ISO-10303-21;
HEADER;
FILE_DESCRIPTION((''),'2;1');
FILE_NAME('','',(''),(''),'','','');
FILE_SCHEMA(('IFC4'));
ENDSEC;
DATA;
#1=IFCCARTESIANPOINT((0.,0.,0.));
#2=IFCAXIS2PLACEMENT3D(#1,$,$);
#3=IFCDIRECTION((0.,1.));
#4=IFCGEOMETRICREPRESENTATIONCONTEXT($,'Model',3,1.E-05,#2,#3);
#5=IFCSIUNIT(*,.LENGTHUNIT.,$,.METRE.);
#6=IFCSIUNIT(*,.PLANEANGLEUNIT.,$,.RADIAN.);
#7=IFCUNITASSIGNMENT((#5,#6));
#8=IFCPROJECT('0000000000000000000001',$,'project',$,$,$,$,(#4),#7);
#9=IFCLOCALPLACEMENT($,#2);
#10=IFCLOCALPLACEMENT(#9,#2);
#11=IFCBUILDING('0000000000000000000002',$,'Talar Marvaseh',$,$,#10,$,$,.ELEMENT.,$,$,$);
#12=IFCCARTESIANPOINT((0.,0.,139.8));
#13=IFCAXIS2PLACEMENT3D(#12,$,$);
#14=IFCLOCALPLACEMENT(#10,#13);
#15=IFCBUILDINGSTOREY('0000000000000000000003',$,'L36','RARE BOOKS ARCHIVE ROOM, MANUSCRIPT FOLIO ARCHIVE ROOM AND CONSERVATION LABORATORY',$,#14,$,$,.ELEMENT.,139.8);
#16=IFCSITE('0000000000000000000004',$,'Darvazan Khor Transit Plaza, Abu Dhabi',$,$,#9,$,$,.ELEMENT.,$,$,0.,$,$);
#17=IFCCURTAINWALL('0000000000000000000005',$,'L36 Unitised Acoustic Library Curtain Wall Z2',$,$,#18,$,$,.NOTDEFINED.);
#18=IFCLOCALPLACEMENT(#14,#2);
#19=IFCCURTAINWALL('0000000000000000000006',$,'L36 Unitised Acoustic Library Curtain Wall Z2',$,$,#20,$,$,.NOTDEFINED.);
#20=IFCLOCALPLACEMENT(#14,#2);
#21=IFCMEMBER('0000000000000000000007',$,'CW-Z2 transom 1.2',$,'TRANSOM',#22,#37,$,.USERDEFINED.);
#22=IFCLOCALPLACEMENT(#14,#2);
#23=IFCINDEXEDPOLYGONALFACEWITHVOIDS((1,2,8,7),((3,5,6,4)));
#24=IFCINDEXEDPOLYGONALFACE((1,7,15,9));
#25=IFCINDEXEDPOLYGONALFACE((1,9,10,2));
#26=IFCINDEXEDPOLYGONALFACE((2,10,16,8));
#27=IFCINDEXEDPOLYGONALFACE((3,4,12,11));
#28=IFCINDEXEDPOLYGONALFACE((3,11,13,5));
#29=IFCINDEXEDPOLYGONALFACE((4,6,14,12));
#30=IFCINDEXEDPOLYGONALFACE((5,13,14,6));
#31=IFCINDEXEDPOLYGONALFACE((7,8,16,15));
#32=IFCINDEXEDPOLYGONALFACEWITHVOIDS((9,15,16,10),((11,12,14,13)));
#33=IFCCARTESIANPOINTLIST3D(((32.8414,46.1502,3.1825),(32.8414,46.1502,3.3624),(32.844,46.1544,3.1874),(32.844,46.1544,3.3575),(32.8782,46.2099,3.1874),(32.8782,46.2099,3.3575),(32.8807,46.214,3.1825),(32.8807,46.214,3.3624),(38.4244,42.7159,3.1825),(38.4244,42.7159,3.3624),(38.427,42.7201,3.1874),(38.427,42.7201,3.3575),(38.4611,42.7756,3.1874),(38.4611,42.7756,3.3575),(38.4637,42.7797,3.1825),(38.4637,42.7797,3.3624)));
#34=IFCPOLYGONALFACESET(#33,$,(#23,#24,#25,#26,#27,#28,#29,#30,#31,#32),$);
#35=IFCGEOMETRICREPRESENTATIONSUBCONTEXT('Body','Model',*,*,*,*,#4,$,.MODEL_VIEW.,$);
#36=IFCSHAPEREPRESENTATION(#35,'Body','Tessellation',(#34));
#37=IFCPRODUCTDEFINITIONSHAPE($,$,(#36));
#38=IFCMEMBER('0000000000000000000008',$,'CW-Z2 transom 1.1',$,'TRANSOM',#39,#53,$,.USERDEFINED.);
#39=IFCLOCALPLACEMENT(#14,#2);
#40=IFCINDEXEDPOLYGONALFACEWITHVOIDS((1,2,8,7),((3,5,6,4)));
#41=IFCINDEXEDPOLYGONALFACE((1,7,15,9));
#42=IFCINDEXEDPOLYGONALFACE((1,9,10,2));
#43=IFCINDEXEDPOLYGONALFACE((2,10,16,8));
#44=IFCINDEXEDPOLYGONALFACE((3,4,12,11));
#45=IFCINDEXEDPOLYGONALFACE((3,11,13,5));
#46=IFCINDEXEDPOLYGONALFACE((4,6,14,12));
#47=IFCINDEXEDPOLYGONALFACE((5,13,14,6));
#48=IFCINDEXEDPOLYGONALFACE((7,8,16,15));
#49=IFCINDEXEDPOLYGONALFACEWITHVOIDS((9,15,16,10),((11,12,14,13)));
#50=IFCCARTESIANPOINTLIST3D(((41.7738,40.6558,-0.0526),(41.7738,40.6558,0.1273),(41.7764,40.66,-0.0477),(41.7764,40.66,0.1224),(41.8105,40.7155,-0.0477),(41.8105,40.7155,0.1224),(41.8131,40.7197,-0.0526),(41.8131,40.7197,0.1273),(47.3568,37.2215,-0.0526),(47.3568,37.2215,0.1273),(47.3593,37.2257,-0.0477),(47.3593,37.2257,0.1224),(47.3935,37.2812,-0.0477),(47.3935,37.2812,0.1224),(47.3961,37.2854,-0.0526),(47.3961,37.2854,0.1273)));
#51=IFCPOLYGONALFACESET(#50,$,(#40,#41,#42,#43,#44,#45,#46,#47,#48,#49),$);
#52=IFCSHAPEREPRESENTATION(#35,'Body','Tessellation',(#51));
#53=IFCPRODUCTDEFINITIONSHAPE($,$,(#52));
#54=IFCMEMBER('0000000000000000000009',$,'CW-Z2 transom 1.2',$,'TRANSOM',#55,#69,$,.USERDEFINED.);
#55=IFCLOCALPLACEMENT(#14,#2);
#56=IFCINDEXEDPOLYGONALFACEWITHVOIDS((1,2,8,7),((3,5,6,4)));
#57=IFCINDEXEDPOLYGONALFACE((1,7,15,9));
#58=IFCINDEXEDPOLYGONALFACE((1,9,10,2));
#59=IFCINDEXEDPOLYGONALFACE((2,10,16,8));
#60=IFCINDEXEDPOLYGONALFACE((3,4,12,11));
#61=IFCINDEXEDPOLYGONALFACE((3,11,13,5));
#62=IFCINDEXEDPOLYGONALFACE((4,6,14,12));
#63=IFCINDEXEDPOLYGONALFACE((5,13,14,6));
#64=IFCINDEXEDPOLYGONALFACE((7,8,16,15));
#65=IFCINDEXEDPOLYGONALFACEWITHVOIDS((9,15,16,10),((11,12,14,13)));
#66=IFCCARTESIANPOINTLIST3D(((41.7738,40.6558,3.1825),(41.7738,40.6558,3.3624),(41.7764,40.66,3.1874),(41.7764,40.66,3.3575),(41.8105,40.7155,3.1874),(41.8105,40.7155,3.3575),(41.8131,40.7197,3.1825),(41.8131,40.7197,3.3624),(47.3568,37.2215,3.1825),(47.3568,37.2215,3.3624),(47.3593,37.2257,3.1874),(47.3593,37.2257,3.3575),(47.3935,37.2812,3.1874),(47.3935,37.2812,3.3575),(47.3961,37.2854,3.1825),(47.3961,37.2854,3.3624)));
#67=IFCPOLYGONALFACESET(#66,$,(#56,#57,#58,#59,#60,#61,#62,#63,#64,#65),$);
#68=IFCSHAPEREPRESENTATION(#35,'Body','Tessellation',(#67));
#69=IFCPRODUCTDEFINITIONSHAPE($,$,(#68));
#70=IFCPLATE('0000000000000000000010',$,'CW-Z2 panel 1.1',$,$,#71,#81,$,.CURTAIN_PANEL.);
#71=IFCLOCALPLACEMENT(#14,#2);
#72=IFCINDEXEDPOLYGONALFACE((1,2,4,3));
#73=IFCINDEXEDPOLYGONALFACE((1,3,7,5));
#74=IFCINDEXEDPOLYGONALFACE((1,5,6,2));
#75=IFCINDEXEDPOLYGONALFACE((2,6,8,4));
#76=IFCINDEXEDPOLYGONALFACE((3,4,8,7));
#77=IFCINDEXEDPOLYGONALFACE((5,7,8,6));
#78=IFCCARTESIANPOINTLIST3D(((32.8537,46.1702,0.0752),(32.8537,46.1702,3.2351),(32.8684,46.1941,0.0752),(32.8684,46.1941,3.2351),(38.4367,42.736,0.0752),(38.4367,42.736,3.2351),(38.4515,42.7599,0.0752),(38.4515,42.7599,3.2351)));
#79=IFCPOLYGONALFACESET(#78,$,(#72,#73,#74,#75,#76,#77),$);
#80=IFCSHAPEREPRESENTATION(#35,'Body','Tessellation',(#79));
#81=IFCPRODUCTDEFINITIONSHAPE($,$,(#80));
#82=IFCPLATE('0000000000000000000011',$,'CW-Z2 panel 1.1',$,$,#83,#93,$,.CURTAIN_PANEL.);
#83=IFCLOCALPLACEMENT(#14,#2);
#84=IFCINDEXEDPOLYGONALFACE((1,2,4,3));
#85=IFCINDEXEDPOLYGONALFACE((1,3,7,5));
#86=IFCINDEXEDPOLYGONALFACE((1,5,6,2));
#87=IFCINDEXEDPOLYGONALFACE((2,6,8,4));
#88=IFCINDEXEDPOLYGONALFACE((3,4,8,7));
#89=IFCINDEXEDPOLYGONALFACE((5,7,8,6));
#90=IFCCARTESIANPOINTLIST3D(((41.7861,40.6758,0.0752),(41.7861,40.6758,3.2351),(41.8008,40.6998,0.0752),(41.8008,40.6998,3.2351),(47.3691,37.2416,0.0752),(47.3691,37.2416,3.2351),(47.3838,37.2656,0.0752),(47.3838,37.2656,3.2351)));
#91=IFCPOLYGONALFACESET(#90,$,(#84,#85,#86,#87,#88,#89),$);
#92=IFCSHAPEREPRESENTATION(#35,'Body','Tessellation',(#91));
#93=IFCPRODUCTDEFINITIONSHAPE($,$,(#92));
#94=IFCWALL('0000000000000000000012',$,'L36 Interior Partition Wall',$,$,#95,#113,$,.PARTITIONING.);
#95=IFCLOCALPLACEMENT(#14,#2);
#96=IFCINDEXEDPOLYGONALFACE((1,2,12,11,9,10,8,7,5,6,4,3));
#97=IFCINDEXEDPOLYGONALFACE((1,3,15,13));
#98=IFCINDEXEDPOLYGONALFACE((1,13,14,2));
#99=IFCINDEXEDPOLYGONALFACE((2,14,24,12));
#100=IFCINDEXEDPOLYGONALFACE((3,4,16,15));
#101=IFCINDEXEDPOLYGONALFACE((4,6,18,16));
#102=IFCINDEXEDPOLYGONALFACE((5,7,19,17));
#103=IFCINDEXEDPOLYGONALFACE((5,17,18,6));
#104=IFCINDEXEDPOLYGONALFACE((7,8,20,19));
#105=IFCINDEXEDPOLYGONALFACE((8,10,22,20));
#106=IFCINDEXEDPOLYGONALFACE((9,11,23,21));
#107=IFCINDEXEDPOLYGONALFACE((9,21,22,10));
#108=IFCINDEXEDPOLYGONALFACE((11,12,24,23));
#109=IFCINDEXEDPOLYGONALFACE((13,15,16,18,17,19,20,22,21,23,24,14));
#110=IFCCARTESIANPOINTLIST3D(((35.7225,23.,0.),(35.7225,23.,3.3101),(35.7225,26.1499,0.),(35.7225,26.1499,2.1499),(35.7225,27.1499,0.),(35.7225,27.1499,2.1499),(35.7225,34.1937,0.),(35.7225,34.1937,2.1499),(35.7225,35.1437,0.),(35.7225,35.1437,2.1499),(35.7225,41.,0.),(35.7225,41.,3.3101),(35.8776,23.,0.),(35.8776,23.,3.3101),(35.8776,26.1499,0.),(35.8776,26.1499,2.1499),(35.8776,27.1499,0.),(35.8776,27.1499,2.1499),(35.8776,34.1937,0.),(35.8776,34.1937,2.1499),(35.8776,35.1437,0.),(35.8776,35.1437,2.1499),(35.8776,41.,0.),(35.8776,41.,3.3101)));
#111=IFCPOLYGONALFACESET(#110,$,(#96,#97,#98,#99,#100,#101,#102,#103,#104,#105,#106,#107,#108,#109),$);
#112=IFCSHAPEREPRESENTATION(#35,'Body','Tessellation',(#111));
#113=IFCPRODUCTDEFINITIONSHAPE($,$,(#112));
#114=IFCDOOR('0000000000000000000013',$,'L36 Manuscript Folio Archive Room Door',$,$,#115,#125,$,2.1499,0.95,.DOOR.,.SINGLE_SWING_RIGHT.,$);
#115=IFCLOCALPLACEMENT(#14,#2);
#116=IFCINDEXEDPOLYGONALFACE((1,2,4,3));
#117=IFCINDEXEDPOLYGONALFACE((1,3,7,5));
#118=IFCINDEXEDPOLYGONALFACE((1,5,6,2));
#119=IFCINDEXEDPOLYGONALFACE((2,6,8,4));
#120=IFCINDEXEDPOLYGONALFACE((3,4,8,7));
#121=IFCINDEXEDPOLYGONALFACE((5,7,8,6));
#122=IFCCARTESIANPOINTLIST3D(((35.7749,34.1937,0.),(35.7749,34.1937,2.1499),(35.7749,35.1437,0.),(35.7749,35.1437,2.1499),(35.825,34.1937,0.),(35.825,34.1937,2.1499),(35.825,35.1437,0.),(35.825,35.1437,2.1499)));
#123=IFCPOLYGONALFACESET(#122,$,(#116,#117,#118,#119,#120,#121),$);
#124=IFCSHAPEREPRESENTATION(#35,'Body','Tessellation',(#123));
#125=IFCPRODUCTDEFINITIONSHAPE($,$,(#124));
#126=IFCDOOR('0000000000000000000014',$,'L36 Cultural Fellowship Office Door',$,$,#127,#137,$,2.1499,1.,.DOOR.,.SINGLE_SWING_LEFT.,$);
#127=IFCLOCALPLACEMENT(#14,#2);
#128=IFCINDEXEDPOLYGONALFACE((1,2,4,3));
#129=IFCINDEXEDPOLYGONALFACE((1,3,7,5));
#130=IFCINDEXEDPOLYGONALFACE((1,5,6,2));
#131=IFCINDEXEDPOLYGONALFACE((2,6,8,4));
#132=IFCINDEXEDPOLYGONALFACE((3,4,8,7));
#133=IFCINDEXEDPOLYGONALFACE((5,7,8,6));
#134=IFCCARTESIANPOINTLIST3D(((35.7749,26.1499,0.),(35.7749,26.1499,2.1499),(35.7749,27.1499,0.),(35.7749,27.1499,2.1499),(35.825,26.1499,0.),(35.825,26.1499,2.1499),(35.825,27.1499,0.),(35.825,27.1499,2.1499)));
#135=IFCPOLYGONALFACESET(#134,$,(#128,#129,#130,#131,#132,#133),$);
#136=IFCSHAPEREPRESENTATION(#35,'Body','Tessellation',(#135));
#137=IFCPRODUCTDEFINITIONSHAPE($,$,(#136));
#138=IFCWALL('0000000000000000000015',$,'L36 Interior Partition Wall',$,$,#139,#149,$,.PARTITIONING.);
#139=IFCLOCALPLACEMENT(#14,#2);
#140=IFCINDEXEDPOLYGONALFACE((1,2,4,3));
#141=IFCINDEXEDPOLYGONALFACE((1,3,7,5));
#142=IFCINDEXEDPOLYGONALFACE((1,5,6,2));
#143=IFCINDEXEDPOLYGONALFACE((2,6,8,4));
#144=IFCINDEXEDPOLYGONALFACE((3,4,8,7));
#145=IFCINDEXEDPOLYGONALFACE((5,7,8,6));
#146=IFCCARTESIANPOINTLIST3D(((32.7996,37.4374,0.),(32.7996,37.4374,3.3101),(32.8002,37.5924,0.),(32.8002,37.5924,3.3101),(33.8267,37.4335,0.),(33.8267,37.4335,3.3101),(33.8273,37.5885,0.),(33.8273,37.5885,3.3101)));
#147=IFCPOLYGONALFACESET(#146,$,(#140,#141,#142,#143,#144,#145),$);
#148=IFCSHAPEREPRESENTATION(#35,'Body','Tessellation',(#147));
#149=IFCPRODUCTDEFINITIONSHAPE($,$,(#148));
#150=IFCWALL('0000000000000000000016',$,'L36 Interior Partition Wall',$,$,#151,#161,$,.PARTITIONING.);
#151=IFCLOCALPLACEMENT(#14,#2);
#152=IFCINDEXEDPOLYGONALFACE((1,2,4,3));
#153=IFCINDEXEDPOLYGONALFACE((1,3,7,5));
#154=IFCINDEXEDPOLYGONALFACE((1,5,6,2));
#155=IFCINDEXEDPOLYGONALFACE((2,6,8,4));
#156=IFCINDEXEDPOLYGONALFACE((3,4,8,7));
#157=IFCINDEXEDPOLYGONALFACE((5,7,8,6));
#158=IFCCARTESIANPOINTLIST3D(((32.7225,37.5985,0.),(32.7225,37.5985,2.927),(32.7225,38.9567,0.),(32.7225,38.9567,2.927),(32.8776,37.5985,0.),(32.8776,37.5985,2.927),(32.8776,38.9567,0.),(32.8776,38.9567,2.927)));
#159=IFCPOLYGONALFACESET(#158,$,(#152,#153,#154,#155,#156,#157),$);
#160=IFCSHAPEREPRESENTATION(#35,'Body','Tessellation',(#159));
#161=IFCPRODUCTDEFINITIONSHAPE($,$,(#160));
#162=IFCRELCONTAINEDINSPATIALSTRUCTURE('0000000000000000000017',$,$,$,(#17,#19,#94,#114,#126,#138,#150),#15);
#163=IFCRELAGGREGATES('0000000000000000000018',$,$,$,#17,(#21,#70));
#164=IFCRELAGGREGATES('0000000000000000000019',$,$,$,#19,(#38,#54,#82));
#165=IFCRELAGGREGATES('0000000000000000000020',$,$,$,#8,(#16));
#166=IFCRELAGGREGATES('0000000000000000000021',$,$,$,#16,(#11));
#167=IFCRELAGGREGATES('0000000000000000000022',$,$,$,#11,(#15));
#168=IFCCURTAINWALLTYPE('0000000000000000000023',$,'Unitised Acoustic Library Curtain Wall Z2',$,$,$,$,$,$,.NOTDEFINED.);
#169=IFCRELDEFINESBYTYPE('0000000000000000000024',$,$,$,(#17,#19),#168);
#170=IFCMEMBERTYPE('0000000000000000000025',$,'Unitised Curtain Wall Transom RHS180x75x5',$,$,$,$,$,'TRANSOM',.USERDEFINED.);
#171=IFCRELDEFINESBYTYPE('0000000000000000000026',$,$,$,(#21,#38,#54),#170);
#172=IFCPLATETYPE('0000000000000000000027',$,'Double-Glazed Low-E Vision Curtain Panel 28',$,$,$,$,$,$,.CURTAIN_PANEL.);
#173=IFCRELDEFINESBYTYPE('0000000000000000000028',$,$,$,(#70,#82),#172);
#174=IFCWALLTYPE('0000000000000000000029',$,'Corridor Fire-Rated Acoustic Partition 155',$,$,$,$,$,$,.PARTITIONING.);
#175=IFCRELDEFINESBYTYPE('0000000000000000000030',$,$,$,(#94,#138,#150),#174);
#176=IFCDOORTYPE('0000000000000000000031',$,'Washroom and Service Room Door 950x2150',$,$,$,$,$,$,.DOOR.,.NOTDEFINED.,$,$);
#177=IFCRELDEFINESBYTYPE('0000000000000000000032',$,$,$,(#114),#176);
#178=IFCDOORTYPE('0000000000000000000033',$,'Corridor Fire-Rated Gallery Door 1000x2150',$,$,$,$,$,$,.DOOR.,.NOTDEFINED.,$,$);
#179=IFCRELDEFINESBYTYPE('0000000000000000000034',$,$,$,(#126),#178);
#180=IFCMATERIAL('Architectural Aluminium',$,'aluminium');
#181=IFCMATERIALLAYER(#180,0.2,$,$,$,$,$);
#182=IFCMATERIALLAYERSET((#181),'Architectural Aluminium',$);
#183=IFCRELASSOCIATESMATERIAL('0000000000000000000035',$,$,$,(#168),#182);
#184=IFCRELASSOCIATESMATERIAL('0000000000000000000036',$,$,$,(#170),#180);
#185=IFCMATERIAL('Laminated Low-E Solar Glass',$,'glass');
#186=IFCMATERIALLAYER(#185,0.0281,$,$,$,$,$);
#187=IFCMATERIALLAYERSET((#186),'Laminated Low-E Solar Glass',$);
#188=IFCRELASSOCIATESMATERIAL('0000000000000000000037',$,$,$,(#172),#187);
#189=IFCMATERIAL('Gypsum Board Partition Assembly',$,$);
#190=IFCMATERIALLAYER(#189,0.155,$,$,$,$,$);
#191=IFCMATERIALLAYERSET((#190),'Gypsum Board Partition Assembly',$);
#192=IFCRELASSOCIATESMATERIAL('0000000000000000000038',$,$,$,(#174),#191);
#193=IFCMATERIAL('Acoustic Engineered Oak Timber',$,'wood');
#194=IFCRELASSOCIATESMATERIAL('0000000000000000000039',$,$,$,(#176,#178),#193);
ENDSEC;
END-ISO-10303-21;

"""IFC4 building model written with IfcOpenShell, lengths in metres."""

from ifc_helpers import new_model, si_unit, direction, frame, frame_2d, origin, origin_2d, place, context, subcontext, project, spatial, rectangle, hollow_rectangle, extrude, source, transform, mapped, material, layer, layer_set, material_profile, profile_set, type_object, type_shapes, element, fill, aggregate, save


model = new_model("IFC4")

# Units and contexts
model_context = context("Model", 3, precision=1e-05, world=origin(), true_north=direction((0.0, 1.0)))
body_context = subcontext(model_context, "Body", "Model", "MODEL_VIEW")
ifc_project = project(units=[si_unit("LENGTHUNIT", "METRE"), si_unit("PLANEANGLEUNIT", "RADIAN")], contexts=[model_context])

# Site, building, storey
site_placement = place(None, origin())
site = spatial("IfcSite", under=ifc_project, at=site_placement, Name="Darvazan Khor Transit Plaza, Abu Dhabi", CompositionType="ELEMENT", RefElevation=0.0)
building_placement = place(site_placement, origin())
building = spatial("IfcBuilding", under=site, at=building_placement, Name="Talar Marvaseh", CompositionType="ELEMENT")
storey_placement = place(building_placement, frame((0.0, 0.0, 139.8)))
storey = spatial("IfcBuildingStorey", under=building, at=storey_placement, Name="L36", Description="RARE BOOKS ARCHIVE ROOM, MANUSCRIPT FOLIO ARCHIVE ROOM AND CONSERVATION LABORATORY", CompositionType="ELEMENT", Elevation=139.8)

# Curtain wall
ifc_material_1 = material(Name="Architectural Aluminium", Category="aluminium")
ifc_layer_1 = layer(ifc_material_1, 0.2)
ifc_layer_set_1 = layer_set([ifc_layer_1], Name="Architectural Aluminium")
curtain_wall_type = type_object("IfcCurtainWallType", Name="Unitised Acoustic Library Curtain Wall Z2", PredefinedType="NOTDEFINED", material=ifc_layer_set_1)
curtain_wall_1_placement = place(storey_placement, origin())
curtain_wall_1 = element("IfcCurtainWall", 1, at=curtain_wall_1_placement, inside=storey, type_object=curtain_wall_type, Name="L36 Unitised Acoustic Library Curtain Wall Z2", PredefinedType="NOTDEFINED")

# Curtain wall
curtain_wall_2_placement = place(storey_placement, origin())
curtain_wall_2 = element("IfcCurtainWall", 2, at=curtain_wall_2_placement, inside=storey, type_object=curtain_wall_type, Name="L36 Unitised Acoustic Library Curtain Wall Z2", PredefinedType="NOTDEFINED")

# Members
ifc_material_profile_1 = material_profile(ifc_material_1, hollow_rectangle(XDim=0.075, YDim=0.1799, WallThickness=0.0049, at=origin_2d()), Name="RHS180x75x5")
ifc_profile_set_1 = profile_set([ifc_material_profile_1], Name="Architectural Aluminium")
member_type_1 = type_object("IfcMemberType", Name="Unitised Curtain Wall Transom RHS180x75x5", ElementType="TRANSOM", PredefinedType="USERDEFINED", material=ifc_profile_set_1)
shared_shape_1 = source(origin(), body_context, "Body", "SweptSolid", [
    extrude(hollow_rectangle(XDim=0.075, YDim=0.1799, WallThickness=0.0049, at=origin_2d()), origin(), (0.0, 0.0, 1.0), 6.5547),
])
type_shapes(member_type_1, [shared_shape_1])
member_1_placement = place(storey_placement, frame((32.8611, 46.1821, 3.2725), z_axis=(0.851752, -0.523946, 0.0), x_axis=(0.523946, 0.851752, 0.0)))
member_1 = element("IfcMember", 3, at=member_1_placement, type_object=member_type_1, Name="CW-Z2 transom 1.2", ObjectType="TRANSOM", PredefinedType="USERDEFINED", context=body_context, shape_type="MappedRepresentation", body=[
    mapped(shared_shape_1, transform((0.0, 0.0, 0.0), x_axis=(1.0, 0.0, 0.0), y_axis=(0.0, 1.0, 0.0), z_axis=(0.0, 0.0, 1.0), scale=1.0)),
])
member_2_placement = place(storey_placement, frame((41.7935, 40.6877, 0.0374), z_axis=(0.851752, -0.523946, 0.0), x_axis=(0.523946, 0.851752, 0.0)))
member_2 = element("IfcMember", 4, at=member_2_placement, type_object=member_type_1, Name="CW-Z2 transom 1.1", ObjectType="TRANSOM", PredefinedType="USERDEFINED", context=body_context, shape_type="MappedRepresentation", body=[
    mapped(shared_shape_1, transform((0.0, 0.0, 0.0), x_axis=(1.0, 0.0, 0.0), y_axis=(0.0, 1.0, 0.0), z_axis=(0.0, 0.0, 1.0), scale=1.0)),
])
member_3_placement = place(storey_placement, frame((41.7935, 40.6877, 3.2725), z_axis=(0.851752, -0.523946, 0.0), x_axis=(0.523946, 0.851752, 0.0)))
member_3 = element("IfcMember", 5, at=member_3_placement, type_object=member_type_1, Name="CW-Z2 transom 1.2", ObjectType="TRANSOM", PredefinedType="USERDEFINED", context=body_context, shape_type="MappedRepresentation", body=[
    mapped(shared_shape_1, transform((0.0, 0.0, 0.0), x_axis=(1.0, 0.0, 0.0), y_axis=(0.0, 1.0, 0.0), z_axis=(0.0, 0.0, 1.0), scale=1.0)),
])

# Plates
ifc_material_2 = material(Name="Laminated Low-E Solar Glass", Category="glass")
ifc_layer_2 = layer(ifc_material_2, 0.0281)
ifc_layer_set_2 = layer_set([ifc_layer_2], Name="Laminated Low-E Solar Glass")
plate_type = type_object("IfcPlateType", Name="Double-Glazed Low-E Vision Curtain Panel 28", PredefinedType="CURTAIN_PANEL", material=ifc_layer_set_2)
shared_shape_2 = source(origin(), body_context, "Body", "SweptSolid", [
    extrude(rectangle(XDim=6.5547, YDim=0.0281, at=origin_2d()), origin(), (0.0, 0.0, 1.0), 3.1599),
])
type_shapes(plate_type, [shared_shape_2])
plate_1_placement = place(storey_placement, frame((35.6526, 44.4651, 0.0752), z_axis=(0.0, 0.0, 1.0), x_axis=(0.851761, -0.523931, 0.0)))
plate_1 = element("IfcPlate", 6, at=plate_1_placement, type_object=plate_type, Name="CW-Z2 panel 1.1", PredefinedType="CURTAIN_PANEL", context=body_context, shape_type="MappedRepresentation", body=[
    mapped(shared_shape_2, transform((0.0, 0.0, 0.0), x_axis=(1.0, 0.0, 0.0), y_axis=(0.0, 1.0, 0.0), z_axis=(0.0, 0.0, 1.0), scale=1.0)),
])
aggregate(curtain_wall_1, [member_1, plate_1])
plate_2_placement = place(storey_placement, frame((44.585, 38.9707, 0.0752), z_axis=(0.0, 0.0, 1.0), x_axis=(0.851761, -0.523931, 0.0)))
plate_2 = element("IfcPlate", 7, at=plate_2_placement, type_object=plate_type, Name="CW-Z2 panel 1.1", PredefinedType="CURTAIN_PANEL", context=body_context, shape_type="MappedRepresentation", body=[
    mapped(shared_shape_2, transform((0.0, 0.0, 0.0), x_axis=(1.0, 0.0, 0.0), y_axis=(0.0, 1.0, 0.0), z_axis=(0.0, 0.0, 1.0), scale=1.0)),
])
aggregate(curtain_wall_2, [member_2, member_3, plate_2])

# Wall, openings, doors
ifc_material_3 = material(Name="Gypsum Board Partition Assembly")
ifc_layer_3 = layer(ifc_material_3, 0.155)
ifc_layer_set_3 = layer_set([ifc_layer_3], Name="Gypsum Board Partition Assembly")
wall_type_1 = type_object("IfcWallType", Name="Corridor Fire-Rated Acoustic Partition 155", PredefinedType="PARTITIONING", material=ifc_layer_set_3)
ifc_material_4 = material(Name="Acoustic Engineered Oak Timber", Category="wood")
door_type_1 = type_object("IfcDoorType", Name="Washroom and Service Room Door 950x2150", OperationType="NOTDEFINED", PredefinedType="DOOR", material=ifc_material_4)
shared_shape_3 = source(origin(), body_context, "Body", "SweptSolid", [
    extrude(rectangle(XDim=0.95, YDim=2.1499, at=frame_2d((0.4751, 1.075))), frame((0.0, 0.0249, 0.0), z_axis=(0.0, -1.0, 0.0), x_axis=(1.0, 0.0, 0.0)), (0.0, 0.0, 1.0), 0.05),
])
type_shapes(door_type_1, [shared_shape_3])
wall_1_placement = place(storey_placement, frame((35.8, 41.0, 0.0), z_axis=(0.0, 0.0, 1.0), x_axis=(0.0, -1.0, 0.0)))
wall_1 = element("IfcWall", 8, at=wall_1_placement, inside=storey, type_object=wall_type_1, Name="L36 Interior Partition Wall", PredefinedType="PARTITIONING", context=body_context, shape_type="SweptSolid", body=[
    extrude(rectangle(XDim=18.0, YDim=0.155, at=frame_2d((9.0, 0.0))), origin(), (0.0, 0.0, 1.0), 3.3101),
])
opening_1_placement = place(wall_1_placement, frame((13.8501, 0.0, 0.0)))
opening_1 = element("IfcOpeningElement", 9, at=opening_1_placement, cuts=wall_1, PredefinedType="OPENING", context=body_context, shape_type="SweptSolid", body=[
    extrude(rectangle(XDim=1.0, YDim=2.1499, at=frame_2d((0.5, 1.075))), frame((0.0, 0.0874, 0.0), z_axis=(0.0, -1.0, 0.0), x_axis=(1.0, 0.0, 0.0)), (0.0, 0.0, 1.0), 0.175),
])
opening_2_placement = place(wall_1_placement, frame((5.8562, 0.0, 0.0)))
opening_2 = element("IfcOpeningElement", 10, at=opening_2_placement, cuts=wall_1, PredefinedType="OPENING", context=body_context, shape_type="SweptSolid", body=[
    extrude(rectangle(XDim=0.95, YDim=2.1499, at=frame_2d((0.4751, 1.075))), frame((0.0, 0.0874, 0.0), z_axis=(0.0, -1.0, 0.0), x_axis=(1.0, 0.0, 0.0)), (0.0, 0.0, 1.0), 0.175),
])
door_1_placement = place(opening_2_placement, origin())
door_1 = element("IfcDoor", 11, at=door_1_placement, inside=storey, type_object=door_type_1, Name="L36 Manuscript Folio Archive Room Door", OperationType="SINGLE_SWING_RIGHT", OverallHeight=2.1499, OverallWidth=0.95, PredefinedType="DOOR", context=body_context, shape_type="MappedRepresentation", body=[
    mapped(shared_shape_3, transform((0.0, 0.0, 0.0), x_axis=(1.0, 0.0, 0.0), y_axis=(0.0, 1.0, 0.0), z_axis=(0.0, 0.0, 1.0), scale=1.0)),
])
fill(opening_2, door_1)
door_type_2 = type_object("IfcDoorType", Name="Corridor Fire-Rated Gallery Door 1000x2150", OperationType="NOTDEFINED", PredefinedType="DOOR", material=ifc_material_4)
shared_shape_4 = source(origin(), body_context, "Body", "SweptSolid", [
    extrude(rectangle(XDim=1.0, YDim=2.1499, at=frame_2d((0.5, 1.075))), frame((0.0, 0.0249, 0.0), z_axis=(0.0, -1.0, 0.0), x_axis=(1.0, 0.0, 0.0)), (0.0, 0.0, 1.0), 0.05),
])
type_shapes(door_type_2, [shared_shape_4])
door_2_placement = place(opening_1_placement, origin())
door_2 = element("IfcDoor", 12, at=door_2_placement, inside=storey, type_object=door_type_2, Name="L36 Cultural Fellowship Office Door", OperationType="SINGLE_SWING_LEFT", OverallHeight=2.1499, OverallWidth=1.0, PredefinedType="DOOR", context=body_context, shape_type="MappedRepresentation", body=[
    mapped(shared_shape_4, transform((0.0, 0.0, 0.0), x_axis=(1.0, 0.0, 0.0), y_axis=(0.0, 1.0, 0.0), z_axis=(0.0, 0.0, 1.0), scale=1.0)),
])
fill(opening_1, door_2)

# Walls
wall_2_placement = place(storey_placement, frame((33.8271, 37.511, 0.0), z_axis=(0.0, 0.0, 1.0), x_axis=(-0.999993, 0.003803, 0.0)))
element("IfcWall", 13, at=wall_2_placement, inside=storey, type_object=wall_type_1, Name="L36 Interior Partition Wall", PredefinedType="PARTITIONING", context=body_context, shape_type="SweptSolid", body=[
    extrude(rectangle(XDim=1.0271, YDim=0.155, at=frame_2d((0.5137, 0.0))), origin(), (0.0, 0.0, 1.0), 3.3101),
])
wall_3_placement = place(storey_placement, frame((32.8, 37.5984, 0.0), z_axis=(0.0, 0.0, 1.0), x_axis=(0.0, 1.0, 0.0)))
element("IfcWall", 14, at=wall_3_placement, inside=storey, type_object=wall_type_1, Name="L36 Interior Partition Wall", PredefinedType="PARTITIONING", context=body_context, shape_type="SweptSolid", body=[
    extrude(rectangle(XDim=1.3582, YDim=0.155, at=frame_2d((0.6792, 0.0))), origin(), (0.0, 0.0, 1.0), 2.927),
])

save(model, "model.ifc")
